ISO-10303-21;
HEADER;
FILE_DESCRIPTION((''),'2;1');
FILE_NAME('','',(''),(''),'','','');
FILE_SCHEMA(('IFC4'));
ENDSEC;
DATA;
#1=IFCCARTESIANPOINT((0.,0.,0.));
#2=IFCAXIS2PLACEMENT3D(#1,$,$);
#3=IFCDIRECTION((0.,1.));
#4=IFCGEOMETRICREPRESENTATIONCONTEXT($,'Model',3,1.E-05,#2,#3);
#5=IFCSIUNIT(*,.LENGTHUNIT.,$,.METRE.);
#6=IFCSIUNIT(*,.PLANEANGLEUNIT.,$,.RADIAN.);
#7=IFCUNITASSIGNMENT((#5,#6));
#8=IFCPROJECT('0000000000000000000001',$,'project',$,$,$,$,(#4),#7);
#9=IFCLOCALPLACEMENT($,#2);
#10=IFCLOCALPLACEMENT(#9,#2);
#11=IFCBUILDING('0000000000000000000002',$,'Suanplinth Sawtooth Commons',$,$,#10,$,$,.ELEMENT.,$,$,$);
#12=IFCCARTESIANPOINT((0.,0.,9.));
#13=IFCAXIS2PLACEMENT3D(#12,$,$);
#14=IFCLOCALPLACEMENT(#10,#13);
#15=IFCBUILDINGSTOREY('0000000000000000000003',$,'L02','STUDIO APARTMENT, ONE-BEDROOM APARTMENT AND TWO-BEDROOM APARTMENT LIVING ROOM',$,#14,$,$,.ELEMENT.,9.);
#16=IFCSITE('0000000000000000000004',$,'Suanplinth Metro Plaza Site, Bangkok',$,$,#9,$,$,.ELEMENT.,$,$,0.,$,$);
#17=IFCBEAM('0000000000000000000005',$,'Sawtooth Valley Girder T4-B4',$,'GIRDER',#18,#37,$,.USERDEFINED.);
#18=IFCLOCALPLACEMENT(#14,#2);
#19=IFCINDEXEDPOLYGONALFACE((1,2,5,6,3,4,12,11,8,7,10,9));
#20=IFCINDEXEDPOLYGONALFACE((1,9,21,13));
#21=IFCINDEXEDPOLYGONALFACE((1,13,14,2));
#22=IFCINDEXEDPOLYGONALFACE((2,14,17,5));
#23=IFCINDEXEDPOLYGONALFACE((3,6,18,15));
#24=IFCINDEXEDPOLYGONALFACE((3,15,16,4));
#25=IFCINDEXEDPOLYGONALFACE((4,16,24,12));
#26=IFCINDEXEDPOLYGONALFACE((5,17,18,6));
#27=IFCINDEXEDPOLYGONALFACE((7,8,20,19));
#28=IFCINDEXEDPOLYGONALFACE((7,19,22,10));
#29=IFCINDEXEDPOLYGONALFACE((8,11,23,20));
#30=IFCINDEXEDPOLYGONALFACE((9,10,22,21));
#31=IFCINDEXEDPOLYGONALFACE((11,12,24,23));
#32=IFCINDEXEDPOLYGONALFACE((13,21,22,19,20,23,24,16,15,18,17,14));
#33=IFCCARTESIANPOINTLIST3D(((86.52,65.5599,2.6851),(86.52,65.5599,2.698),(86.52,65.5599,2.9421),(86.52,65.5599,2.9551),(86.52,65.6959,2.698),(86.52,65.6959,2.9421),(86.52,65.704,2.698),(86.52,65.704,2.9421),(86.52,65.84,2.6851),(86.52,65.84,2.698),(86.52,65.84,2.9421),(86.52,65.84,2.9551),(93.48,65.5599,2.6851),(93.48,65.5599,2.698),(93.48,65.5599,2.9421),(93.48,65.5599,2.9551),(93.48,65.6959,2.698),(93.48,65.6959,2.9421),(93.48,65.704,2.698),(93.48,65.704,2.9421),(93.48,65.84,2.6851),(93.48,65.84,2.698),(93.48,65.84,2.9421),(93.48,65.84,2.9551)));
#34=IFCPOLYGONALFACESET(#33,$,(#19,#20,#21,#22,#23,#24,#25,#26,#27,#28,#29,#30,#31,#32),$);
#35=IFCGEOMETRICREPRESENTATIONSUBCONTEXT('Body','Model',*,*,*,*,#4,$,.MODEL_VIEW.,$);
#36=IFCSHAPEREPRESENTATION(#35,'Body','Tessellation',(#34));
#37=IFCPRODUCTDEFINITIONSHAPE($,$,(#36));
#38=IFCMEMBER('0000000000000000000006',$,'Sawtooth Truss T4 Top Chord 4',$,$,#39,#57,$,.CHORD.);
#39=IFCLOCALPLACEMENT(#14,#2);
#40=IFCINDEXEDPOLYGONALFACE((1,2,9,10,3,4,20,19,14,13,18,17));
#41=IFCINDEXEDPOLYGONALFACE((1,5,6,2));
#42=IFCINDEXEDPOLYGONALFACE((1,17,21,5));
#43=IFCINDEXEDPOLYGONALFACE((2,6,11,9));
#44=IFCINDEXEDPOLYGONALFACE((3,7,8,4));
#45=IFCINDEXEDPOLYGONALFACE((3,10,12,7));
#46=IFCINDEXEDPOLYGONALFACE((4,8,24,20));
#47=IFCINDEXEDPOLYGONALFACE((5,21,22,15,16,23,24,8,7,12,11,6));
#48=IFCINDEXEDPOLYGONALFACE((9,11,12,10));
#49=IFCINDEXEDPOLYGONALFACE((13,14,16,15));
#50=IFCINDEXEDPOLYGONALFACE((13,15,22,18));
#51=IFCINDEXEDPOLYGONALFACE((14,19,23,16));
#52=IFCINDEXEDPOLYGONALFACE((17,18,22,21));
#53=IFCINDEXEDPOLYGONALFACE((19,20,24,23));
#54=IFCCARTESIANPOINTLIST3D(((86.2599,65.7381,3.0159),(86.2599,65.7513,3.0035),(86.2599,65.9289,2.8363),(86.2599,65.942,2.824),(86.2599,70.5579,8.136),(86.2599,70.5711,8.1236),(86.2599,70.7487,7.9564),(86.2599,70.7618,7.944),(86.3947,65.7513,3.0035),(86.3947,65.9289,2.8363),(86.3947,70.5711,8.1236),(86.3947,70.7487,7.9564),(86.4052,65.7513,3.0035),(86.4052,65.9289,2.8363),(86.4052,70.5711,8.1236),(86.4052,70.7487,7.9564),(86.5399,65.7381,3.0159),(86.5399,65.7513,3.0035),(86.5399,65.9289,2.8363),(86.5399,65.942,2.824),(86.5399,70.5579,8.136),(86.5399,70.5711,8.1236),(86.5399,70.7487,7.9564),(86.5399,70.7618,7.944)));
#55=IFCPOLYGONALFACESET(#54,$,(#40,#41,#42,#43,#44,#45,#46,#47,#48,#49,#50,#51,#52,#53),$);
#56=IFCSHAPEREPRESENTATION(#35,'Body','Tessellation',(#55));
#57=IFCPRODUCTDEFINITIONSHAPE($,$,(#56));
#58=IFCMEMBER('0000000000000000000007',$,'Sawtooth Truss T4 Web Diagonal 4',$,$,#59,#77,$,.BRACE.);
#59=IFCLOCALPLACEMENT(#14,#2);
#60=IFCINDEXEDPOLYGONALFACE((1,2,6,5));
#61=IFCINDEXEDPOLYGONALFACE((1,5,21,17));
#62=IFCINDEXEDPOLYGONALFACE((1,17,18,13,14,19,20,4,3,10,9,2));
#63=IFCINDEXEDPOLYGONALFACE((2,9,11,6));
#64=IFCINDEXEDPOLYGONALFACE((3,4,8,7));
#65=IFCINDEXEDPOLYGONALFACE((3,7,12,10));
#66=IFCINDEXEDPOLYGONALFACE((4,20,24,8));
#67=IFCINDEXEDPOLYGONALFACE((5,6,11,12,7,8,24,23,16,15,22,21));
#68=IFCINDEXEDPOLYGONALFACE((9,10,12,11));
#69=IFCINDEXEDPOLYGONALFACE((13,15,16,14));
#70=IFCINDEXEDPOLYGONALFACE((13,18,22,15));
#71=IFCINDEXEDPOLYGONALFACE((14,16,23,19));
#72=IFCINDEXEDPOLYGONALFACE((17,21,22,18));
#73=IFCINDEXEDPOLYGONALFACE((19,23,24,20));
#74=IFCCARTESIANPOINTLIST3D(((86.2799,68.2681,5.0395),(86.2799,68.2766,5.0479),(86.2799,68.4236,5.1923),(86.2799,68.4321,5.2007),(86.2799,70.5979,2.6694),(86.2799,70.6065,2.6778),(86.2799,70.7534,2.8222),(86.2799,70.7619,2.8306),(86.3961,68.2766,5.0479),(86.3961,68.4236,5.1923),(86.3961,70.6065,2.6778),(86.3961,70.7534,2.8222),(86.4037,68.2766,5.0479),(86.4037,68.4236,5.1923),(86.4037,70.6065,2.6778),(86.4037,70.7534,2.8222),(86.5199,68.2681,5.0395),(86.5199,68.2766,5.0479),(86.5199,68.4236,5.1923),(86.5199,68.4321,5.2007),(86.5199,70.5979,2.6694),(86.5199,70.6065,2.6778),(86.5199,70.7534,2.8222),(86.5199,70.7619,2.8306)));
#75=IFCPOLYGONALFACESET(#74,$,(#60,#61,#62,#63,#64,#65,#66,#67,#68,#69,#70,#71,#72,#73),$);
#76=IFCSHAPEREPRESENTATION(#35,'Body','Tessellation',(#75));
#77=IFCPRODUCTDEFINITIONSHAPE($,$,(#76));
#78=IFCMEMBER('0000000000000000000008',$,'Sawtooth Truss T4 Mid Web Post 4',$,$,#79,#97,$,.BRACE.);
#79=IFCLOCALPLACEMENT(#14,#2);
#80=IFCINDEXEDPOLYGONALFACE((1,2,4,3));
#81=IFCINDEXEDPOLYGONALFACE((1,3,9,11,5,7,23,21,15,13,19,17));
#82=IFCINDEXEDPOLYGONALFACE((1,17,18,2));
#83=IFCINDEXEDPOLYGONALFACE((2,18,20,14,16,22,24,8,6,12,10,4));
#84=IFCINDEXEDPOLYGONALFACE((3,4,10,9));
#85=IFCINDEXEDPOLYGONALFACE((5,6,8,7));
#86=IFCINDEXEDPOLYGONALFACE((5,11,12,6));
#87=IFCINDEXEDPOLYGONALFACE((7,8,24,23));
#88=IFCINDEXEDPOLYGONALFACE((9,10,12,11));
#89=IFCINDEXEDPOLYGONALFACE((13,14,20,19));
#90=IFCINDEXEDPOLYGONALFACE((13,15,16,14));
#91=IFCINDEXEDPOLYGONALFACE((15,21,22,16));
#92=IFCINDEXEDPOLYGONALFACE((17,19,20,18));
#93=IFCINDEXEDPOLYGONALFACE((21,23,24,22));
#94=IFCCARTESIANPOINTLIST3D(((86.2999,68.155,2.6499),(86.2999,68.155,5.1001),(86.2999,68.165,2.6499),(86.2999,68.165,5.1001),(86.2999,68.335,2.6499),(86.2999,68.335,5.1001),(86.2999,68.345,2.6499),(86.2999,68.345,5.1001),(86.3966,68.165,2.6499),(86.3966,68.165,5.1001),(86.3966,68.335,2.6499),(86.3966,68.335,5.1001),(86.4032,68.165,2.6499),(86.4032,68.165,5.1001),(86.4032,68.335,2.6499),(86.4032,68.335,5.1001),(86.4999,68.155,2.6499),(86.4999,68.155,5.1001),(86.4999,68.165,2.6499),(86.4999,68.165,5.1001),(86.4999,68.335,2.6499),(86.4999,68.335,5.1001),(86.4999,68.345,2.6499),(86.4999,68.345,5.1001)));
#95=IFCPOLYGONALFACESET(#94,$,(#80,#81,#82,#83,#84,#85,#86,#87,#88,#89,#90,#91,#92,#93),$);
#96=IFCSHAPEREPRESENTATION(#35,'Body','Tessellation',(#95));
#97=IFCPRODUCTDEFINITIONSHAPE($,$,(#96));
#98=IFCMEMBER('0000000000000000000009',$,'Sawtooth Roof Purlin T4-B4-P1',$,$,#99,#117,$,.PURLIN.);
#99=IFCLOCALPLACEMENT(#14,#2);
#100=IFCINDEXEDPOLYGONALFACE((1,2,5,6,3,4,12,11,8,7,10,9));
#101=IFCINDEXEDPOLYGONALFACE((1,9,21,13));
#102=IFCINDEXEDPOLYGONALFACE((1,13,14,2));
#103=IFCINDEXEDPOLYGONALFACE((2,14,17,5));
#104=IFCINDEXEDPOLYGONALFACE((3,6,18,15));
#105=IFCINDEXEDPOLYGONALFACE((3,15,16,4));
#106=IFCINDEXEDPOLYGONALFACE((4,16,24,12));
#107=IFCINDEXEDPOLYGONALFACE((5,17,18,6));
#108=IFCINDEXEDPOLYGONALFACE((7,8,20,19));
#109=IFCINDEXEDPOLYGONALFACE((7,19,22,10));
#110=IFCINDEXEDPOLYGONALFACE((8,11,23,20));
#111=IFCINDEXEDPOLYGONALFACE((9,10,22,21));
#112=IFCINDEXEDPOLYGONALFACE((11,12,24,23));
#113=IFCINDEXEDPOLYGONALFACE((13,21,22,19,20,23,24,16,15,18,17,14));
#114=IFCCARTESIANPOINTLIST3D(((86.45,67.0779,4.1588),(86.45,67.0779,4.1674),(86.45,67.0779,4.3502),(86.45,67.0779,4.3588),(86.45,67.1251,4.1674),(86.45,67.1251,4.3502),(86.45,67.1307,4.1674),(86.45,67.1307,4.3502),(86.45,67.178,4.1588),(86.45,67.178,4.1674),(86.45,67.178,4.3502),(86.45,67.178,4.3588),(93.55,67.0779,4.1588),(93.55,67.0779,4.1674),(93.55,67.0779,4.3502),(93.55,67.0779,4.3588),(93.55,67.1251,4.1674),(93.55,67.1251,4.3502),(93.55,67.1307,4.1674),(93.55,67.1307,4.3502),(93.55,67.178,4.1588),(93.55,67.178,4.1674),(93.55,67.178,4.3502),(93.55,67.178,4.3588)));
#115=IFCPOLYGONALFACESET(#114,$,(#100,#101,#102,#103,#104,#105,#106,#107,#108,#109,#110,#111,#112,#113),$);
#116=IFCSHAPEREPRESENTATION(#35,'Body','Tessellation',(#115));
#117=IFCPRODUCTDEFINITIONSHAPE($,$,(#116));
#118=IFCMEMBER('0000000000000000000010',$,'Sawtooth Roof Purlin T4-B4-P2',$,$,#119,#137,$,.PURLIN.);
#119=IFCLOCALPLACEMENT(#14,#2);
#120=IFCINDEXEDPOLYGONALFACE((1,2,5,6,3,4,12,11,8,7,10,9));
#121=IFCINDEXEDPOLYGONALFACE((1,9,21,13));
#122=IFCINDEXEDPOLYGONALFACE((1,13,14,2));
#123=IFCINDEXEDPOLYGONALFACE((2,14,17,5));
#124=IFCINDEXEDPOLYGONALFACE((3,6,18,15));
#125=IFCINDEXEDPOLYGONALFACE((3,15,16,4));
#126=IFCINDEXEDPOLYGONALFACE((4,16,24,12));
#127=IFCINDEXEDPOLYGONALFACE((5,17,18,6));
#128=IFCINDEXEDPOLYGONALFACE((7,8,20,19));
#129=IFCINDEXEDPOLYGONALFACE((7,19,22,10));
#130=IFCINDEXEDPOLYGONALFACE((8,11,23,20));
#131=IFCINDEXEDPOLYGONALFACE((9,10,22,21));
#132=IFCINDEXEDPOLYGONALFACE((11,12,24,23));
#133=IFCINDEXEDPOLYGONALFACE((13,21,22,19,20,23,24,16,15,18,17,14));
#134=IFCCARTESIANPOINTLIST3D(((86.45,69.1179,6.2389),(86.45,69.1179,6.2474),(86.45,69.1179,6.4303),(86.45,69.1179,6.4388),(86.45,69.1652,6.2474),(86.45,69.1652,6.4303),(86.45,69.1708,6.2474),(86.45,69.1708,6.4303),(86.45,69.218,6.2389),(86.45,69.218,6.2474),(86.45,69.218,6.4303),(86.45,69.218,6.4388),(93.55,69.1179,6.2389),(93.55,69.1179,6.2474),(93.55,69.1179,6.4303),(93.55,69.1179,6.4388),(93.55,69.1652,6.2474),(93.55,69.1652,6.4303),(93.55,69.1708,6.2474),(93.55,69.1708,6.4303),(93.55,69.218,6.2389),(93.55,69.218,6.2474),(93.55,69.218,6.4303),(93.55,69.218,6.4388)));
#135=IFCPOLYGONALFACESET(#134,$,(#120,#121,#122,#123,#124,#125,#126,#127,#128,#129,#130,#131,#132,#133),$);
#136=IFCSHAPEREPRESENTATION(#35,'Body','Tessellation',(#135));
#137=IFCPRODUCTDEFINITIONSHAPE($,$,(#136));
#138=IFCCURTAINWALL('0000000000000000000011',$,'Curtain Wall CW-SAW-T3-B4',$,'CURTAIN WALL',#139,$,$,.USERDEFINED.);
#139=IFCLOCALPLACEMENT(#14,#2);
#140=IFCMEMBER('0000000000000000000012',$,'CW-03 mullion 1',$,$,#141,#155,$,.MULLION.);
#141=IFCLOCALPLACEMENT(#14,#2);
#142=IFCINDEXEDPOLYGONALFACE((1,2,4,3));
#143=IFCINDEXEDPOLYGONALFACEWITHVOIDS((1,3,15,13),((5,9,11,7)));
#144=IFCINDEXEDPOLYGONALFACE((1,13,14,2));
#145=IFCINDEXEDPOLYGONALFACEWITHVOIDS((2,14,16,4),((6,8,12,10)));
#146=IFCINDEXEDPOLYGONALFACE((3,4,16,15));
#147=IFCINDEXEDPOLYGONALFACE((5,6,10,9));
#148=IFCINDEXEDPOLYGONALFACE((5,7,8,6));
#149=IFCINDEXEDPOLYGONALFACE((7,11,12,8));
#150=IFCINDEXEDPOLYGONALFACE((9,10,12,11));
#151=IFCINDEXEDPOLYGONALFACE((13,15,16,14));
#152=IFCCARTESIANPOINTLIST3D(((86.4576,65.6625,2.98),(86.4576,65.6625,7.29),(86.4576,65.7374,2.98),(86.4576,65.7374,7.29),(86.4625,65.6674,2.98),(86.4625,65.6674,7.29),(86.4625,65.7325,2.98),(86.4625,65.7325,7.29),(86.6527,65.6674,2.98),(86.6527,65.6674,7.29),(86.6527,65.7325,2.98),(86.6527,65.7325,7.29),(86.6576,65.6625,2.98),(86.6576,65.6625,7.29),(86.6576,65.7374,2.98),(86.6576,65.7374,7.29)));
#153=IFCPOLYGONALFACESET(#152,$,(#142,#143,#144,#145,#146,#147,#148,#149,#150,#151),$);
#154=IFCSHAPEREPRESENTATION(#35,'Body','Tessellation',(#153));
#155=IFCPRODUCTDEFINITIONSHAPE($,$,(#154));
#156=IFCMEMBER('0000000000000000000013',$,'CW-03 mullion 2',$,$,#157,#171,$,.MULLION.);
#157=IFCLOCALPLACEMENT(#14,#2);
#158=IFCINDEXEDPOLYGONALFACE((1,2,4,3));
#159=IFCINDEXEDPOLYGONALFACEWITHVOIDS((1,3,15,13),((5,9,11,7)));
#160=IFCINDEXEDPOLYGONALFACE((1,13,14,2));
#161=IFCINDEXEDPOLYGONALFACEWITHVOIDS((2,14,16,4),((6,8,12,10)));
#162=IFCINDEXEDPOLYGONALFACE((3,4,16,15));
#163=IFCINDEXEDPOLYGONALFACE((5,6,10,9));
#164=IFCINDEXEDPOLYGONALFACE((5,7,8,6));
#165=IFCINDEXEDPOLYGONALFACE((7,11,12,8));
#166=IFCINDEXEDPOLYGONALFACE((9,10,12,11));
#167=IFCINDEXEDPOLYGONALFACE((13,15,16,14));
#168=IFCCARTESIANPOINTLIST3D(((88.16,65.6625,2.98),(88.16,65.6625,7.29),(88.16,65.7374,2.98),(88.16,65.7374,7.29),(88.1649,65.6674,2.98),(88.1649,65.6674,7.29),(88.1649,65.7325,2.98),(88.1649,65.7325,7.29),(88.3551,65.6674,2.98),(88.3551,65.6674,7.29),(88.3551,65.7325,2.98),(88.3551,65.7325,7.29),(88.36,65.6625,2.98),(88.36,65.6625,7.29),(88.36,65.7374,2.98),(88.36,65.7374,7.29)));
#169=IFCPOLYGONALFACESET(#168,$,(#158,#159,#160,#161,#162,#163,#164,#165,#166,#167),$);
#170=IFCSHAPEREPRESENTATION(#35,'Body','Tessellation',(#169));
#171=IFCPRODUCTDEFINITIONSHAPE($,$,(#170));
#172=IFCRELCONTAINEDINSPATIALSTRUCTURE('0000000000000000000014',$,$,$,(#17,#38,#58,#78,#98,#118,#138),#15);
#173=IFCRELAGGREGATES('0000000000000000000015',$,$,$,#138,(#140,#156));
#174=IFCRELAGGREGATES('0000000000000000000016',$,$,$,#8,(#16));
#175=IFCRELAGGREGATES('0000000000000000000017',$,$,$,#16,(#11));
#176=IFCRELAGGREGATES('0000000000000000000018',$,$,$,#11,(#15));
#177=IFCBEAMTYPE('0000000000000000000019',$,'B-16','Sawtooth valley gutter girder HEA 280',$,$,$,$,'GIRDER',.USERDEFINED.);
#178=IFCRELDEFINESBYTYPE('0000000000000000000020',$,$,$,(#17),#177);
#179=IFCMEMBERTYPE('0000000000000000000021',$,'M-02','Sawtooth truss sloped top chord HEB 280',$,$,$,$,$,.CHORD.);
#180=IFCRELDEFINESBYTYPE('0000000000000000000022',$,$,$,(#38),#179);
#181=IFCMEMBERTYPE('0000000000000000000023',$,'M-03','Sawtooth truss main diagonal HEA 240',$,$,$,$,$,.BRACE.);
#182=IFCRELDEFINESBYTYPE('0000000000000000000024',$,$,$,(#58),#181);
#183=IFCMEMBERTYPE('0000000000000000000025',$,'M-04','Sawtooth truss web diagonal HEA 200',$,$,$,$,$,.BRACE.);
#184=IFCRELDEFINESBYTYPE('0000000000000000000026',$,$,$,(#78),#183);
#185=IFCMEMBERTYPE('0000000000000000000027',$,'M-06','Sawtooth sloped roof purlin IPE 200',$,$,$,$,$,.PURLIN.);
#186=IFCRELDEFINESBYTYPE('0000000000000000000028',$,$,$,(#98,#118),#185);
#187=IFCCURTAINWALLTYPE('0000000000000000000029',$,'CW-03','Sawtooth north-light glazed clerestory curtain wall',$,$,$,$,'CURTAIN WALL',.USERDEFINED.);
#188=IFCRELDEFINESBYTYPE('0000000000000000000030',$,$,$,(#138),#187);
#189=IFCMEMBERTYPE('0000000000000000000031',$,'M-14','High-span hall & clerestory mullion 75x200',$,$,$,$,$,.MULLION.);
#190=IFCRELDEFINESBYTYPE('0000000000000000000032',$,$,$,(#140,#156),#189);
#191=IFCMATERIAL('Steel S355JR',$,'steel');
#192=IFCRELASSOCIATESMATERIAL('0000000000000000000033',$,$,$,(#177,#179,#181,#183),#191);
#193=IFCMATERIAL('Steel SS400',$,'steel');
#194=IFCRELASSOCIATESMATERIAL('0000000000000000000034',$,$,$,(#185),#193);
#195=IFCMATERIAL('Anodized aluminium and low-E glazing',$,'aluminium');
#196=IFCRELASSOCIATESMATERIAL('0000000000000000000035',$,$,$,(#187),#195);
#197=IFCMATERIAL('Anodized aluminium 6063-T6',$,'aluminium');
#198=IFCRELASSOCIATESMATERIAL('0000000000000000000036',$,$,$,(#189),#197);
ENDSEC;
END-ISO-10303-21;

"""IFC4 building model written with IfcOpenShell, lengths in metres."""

from ifc_helpers import new_model, si_unit, direction, frame, origin, origin_2d, place, context, subcontext, project, spatial, hollow_rectangle, i_section, extrude, material, material_profile, profile_set, type_object, element, aggregate, save


model = new_model("IFC4")

# Units and contexts
model_context = context("Model", 3, precision=1e-05, world=origin(), true_north=direction((0.0, 1.0)))
body_context = subcontext(model_context, "Body", "Model", "MODEL_VIEW")
ifc_project = project(units=[si_unit("LENGTHUNIT", "METRE"), si_unit("PLANEANGLEUNIT", "RADIAN")], contexts=[model_context])

# Site, building, storey
site_placement = place(None, origin())
site = spatial("IfcSite", under=ifc_project, at=site_placement, Name="Suanplinth Metro Plaza Site, Bangkok", CompositionType="ELEMENT", RefElevation=0.0)
building_placement = place(site_placement, origin())
building = spatial("IfcBuilding", under=site, at=building_placement, Name="Suanplinth Sawtooth Commons", CompositionType="ELEMENT")
storey_placement = place(building_placement, frame((0.0, 0.0, 9.0)))
storey = spatial("IfcBuildingStorey", under=building, at=storey_placement, Name="L02", Description="STUDIO APARTMENT, ONE-BEDROOM APARTMENT AND TWO-BEDROOM APARTMENT LIVING ROOM", CompositionType="ELEMENT", Elevation=9.0)

# Beam
ifc_material_1 = material(Name="Steel S355JR", Category="steel")
ifc_material_profile_1 = material_profile(ifc_material_1, i_section(OverallWidth=0.28, OverallDepth=0.27, WebThickness=0.0081, FlangeThickness=0.0129, at=origin_2d()), Name="HEA 280")
ifc_profile_set_1 = profile_set([ifc_material_profile_1], Name="Steel S355JR")
beam_type = type_object("IfcBeamType", Name="B-16", Description="Sawtooth valley gutter girder HEA 280", ElementType="GIRDER", PredefinedType="USERDEFINED", material=ifc_profile_set_1)
beam_placement = place(storey_placement, frame((86.52, 65.7, 2.8201), z_axis=(1.0, 0.0, 0.0), x_axis=(0.0, 1.0, 0.0)))
element("IfcBeam", 1, at=beam_placement, inside=storey, type_object=beam_type, Name="Sawtooth Valley Girder T4-B4", ObjectType="GIRDER", PredefinedType="USERDEFINED", context=body_context, shape_type="SweptSolid", body=[
    extrude(i_section(OverallWidth=0.28, OverallDepth=0.27, WebThickness=0.0081, FlangeThickness=0.0129, at=origin_2d()), origin(), (0.0, 0.0, 1.0), 6.96),
])

# Members
ifc_material_profile_2 = material_profile(ifc_material_1, i_section(OverallWidth=0.28, OverallDepth=0.28, WebThickness=0.0105, FlangeThickness=0.0181, at=origin_2d()), Name="HEB 280")
ifc_profile_set_2 = profile_set([ifc_material_profile_2], Name="Steel S355JR")
member_type_1 = type_object("IfcMemberType", Name="M-02", Description="Sawtooth truss sloped top chord HEB 280", PredefinedType="CHORD", material=ifc_profile_set_2)
member_1_placement = place(storey_placement, frame((86.3999, 65.8401, 2.9199), z_axis=(0.0, 0.685432, 0.728137), x_axis=(-1.0, 0.0, 0.0)))
element("IfcMember", 2, at=member_1_placement, inside=storey, type_object=member_type_1, Name="Sawtooth Truss T4 Top Chord 4", PredefinedType="CHORD", context=body_context, shape_type="SweptSolid", body=[
    extrude(i_section(OverallWidth=0.28, OverallDepth=0.28, WebThickness=0.0105, FlangeThickness=0.0181, at=origin_2d()), origin(), (0.0, 0.0, 1.0), 7.0317),
])
ifc_material_profile_3 = material_profile(ifc_material_1, i_section(OverallWidth=0.24, OverallDepth=0.23, WebThickness=0.0076, FlangeThickness=0.012, at=origin_2d()), Name="HEA 240")
ifc_profile_set_3 = profile_set([ifc_material_profile_3], Name="Steel S355JR")
member_type_2 = type_object("IfcMemberType", Name="M-03", Description="Sawtooth truss main diagonal HEA 240", PredefinedType="BRACE", material=ifc_profile_set_3)
member_2_placement = place(storey_placement, frame((86.3999, 68.3501, 5.1201), z_axis=(0.0, 0.70102, -0.713141), x_axis=(-1.0, 0.0, 0.0)))
element("IfcMember", 3, at=member_2_placement, inside=storey, type_object=member_type_2, Name="Sawtooth Truss T4 Web Diagonal 4", PredefinedType="BRACE", context=body_context, shape_type="SweptSolid", body=[
    extrude(i_section(OverallWidth=0.24, OverallDepth=0.23, WebThickness=0.0076, FlangeThickness=0.012, at=origin_2d()), origin(), (0.0, 0.0, 1.0), 3.3235),
])
ifc_material_profile_4 = material_profile(ifc_material_1, i_section(OverallWidth=0.2, OverallDepth=0.1899, WebThickness=0.0066, FlangeThickness=0.01, at=origin_2d()), Name="HEA 200")
ifc_profile_set_4 = profile_set([ifc_material_profile_4], Name="Steel S355JR")
member_type_3 = type_object("IfcMemberType", Name="M-04", Description="Sawtooth truss web diagonal HEA 200", PredefinedType="BRACE", material=ifc_profile_set_4)
member_3_placement = place(storey_placement, frame((86.3999, 68.25, 2.6499), z_axis=(0.0, 0.0, 1.0), x_axis=(1.0, 0.0, 0.0)))
element("IfcMember", 4, at=member_3_placement, inside=storey, type_object=member_type_3, Name="Sawtooth Truss T4 Mid Web Post 4", PredefinedType="BRACE", context=body_context, shape_type="SweptSolid", body=[
    extrude(i_section(OverallWidth=0.2, OverallDepth=0.1899, WebThickness=0.0066, FlangeThickness=0.01, at=origin_2d()), origin(), (0.0, 0.0, 1.0), 2.4502),
])
ifc_material_2 = material(Name="Steel SS400", Category="steel")
ifc_material_profile_5 = material_profile(ifc_material_2, i_section(OverallWidth=0.1001, OverallDepth=0.2, WebThickness=0.0056, FlangeThickness=0.0085, at=origin_2d()), Name="IPE 200")
ifc_profile_set_5 = profile_set([ifc_material_profile_5], Name="Steel SS400")
member_type_4 = type_object("IfcMemberType", Name="M-06", Description="Sawtooth sloped roof purlin IPE 200", PredefinedType="PURLIN", material=ifc_profile_set_5)
for number, where, z_axis, x_axis, name in (
    (5, (86.45, 67.1279, 4.2588), (1.0, 0.0, 0.0), (0.0, 1.0, 0.0), "Sawtooth Roof Purlin T4-B4-P1"),
    (6, (86.45, 69.168, 6.3389), (1.0, 0.0, 0.0), (0.0, 1.0, 0.0), "Sawtooth Roof Purlin T4-B4-P2"),
):
    element("IfcMember", number, at=place(storey_placement, frame(where, z_axis=z_axis, x_axis=x_axis)), inside=storey, type_object=member_type_4, Name=name, PredefinedType="PURLIN", context=body_context, shape_type="SweptSolid", body=[
        extrude(i_section(OverallWidth=0.1001, OverallDepth=0.2, WebThickness=0.0056, FlangeThickness=0.0085, at=origin_2d()), origin(), (0.0, 0.0, 1.0), 7.1001),
    ])

# Curtain wall, members
ifc_material_3 = material(Name="Anodized aluminium and low-E glazing", Category="aluminium")
curtain_wall_type = type_object("IfcCurtainWallType", Name="CW-03", Description="Sawtooth north-light glazed clerestory curtain wall", ElementType="CURTAIN WALL", PredefinedType="USERDEFINED", material=ifc_material_3)
curtain_wall_1_placement = place(storey_placement, origin())
curtain_wall_1 = element("IfcCurtainWall", 7, at=curtain_wall_1_placement, inside=storey, type_object=curtain_wall_type, Name="Curtain Wall CW-SAW-T3-B4", ObjectType="CURTAIN WALL", PredefinedType="USERDEFINED")
ifc_material_4 = material(Name="Anodized aluminium 6063-T6", Category="aluminium")
ifc_material_profile_6 = material_profile(ifc_material_4, hollow_rectangle(XDim=0.075, YDim=0.2, WallThickness=0.0049, at=origin_2d()), Name="ALU-MUL 75x200")
ifc_profile_set_6 = profile_set([ifc_material_profile_6], Name="Anodized aluminium 6063-T6")
member_type_5 = type_object("IfcMemberType", Name="M-14", Description="High-span hall & clerestory mullion 75x200", PredefinedType="MULLION", material=ifc_profile_set_6)
member_4_placement = place(storey_placement, frame((86.5576, 65.7, 2.98), z_axis=(0.0, 0.0, 1.0), x_axis=(0.0, 1.0, 0.0)))
member_4 = element("IfcMember", 8, at=member_4_placement, type_object=member_type_5, Name="CW-03 mullion 1", PredefinedType="MULLION", context=body_context, shape_type="SweptSolid", body=[
    extrude(hollow_rectangle(XDim=0.075, YDim=0.2, WallThickness=0.0049, at=origin_2d()), origin(), (0.0, 0.0, 1.0), 4.3101),
])
member_5_placement = place(storey_placement, frame((88.26, 65.7, 2.98), z_axis=(0.0, 0.0, 1.0), x_axis=(0.0, 1.0, 0.0)))
member_5 = element("IfcMember", 9, at=member_5_placement, type_object=member_type_5, Name="CW-03 mullion 2", PredefinedType="MULLION", context=body_context, shape_type="SweptSolid", body=[
    extrude(hollow_rectangle(XDim=0.075, YDim=0.2, WallThickness=0.0049, at=origin_2d()), origin(), (0.0, 0.0, 1.0), 4.3101),
])

aggregate(curtain_wall_1, [member_4, member_5])

save(model, "model.ifc")
